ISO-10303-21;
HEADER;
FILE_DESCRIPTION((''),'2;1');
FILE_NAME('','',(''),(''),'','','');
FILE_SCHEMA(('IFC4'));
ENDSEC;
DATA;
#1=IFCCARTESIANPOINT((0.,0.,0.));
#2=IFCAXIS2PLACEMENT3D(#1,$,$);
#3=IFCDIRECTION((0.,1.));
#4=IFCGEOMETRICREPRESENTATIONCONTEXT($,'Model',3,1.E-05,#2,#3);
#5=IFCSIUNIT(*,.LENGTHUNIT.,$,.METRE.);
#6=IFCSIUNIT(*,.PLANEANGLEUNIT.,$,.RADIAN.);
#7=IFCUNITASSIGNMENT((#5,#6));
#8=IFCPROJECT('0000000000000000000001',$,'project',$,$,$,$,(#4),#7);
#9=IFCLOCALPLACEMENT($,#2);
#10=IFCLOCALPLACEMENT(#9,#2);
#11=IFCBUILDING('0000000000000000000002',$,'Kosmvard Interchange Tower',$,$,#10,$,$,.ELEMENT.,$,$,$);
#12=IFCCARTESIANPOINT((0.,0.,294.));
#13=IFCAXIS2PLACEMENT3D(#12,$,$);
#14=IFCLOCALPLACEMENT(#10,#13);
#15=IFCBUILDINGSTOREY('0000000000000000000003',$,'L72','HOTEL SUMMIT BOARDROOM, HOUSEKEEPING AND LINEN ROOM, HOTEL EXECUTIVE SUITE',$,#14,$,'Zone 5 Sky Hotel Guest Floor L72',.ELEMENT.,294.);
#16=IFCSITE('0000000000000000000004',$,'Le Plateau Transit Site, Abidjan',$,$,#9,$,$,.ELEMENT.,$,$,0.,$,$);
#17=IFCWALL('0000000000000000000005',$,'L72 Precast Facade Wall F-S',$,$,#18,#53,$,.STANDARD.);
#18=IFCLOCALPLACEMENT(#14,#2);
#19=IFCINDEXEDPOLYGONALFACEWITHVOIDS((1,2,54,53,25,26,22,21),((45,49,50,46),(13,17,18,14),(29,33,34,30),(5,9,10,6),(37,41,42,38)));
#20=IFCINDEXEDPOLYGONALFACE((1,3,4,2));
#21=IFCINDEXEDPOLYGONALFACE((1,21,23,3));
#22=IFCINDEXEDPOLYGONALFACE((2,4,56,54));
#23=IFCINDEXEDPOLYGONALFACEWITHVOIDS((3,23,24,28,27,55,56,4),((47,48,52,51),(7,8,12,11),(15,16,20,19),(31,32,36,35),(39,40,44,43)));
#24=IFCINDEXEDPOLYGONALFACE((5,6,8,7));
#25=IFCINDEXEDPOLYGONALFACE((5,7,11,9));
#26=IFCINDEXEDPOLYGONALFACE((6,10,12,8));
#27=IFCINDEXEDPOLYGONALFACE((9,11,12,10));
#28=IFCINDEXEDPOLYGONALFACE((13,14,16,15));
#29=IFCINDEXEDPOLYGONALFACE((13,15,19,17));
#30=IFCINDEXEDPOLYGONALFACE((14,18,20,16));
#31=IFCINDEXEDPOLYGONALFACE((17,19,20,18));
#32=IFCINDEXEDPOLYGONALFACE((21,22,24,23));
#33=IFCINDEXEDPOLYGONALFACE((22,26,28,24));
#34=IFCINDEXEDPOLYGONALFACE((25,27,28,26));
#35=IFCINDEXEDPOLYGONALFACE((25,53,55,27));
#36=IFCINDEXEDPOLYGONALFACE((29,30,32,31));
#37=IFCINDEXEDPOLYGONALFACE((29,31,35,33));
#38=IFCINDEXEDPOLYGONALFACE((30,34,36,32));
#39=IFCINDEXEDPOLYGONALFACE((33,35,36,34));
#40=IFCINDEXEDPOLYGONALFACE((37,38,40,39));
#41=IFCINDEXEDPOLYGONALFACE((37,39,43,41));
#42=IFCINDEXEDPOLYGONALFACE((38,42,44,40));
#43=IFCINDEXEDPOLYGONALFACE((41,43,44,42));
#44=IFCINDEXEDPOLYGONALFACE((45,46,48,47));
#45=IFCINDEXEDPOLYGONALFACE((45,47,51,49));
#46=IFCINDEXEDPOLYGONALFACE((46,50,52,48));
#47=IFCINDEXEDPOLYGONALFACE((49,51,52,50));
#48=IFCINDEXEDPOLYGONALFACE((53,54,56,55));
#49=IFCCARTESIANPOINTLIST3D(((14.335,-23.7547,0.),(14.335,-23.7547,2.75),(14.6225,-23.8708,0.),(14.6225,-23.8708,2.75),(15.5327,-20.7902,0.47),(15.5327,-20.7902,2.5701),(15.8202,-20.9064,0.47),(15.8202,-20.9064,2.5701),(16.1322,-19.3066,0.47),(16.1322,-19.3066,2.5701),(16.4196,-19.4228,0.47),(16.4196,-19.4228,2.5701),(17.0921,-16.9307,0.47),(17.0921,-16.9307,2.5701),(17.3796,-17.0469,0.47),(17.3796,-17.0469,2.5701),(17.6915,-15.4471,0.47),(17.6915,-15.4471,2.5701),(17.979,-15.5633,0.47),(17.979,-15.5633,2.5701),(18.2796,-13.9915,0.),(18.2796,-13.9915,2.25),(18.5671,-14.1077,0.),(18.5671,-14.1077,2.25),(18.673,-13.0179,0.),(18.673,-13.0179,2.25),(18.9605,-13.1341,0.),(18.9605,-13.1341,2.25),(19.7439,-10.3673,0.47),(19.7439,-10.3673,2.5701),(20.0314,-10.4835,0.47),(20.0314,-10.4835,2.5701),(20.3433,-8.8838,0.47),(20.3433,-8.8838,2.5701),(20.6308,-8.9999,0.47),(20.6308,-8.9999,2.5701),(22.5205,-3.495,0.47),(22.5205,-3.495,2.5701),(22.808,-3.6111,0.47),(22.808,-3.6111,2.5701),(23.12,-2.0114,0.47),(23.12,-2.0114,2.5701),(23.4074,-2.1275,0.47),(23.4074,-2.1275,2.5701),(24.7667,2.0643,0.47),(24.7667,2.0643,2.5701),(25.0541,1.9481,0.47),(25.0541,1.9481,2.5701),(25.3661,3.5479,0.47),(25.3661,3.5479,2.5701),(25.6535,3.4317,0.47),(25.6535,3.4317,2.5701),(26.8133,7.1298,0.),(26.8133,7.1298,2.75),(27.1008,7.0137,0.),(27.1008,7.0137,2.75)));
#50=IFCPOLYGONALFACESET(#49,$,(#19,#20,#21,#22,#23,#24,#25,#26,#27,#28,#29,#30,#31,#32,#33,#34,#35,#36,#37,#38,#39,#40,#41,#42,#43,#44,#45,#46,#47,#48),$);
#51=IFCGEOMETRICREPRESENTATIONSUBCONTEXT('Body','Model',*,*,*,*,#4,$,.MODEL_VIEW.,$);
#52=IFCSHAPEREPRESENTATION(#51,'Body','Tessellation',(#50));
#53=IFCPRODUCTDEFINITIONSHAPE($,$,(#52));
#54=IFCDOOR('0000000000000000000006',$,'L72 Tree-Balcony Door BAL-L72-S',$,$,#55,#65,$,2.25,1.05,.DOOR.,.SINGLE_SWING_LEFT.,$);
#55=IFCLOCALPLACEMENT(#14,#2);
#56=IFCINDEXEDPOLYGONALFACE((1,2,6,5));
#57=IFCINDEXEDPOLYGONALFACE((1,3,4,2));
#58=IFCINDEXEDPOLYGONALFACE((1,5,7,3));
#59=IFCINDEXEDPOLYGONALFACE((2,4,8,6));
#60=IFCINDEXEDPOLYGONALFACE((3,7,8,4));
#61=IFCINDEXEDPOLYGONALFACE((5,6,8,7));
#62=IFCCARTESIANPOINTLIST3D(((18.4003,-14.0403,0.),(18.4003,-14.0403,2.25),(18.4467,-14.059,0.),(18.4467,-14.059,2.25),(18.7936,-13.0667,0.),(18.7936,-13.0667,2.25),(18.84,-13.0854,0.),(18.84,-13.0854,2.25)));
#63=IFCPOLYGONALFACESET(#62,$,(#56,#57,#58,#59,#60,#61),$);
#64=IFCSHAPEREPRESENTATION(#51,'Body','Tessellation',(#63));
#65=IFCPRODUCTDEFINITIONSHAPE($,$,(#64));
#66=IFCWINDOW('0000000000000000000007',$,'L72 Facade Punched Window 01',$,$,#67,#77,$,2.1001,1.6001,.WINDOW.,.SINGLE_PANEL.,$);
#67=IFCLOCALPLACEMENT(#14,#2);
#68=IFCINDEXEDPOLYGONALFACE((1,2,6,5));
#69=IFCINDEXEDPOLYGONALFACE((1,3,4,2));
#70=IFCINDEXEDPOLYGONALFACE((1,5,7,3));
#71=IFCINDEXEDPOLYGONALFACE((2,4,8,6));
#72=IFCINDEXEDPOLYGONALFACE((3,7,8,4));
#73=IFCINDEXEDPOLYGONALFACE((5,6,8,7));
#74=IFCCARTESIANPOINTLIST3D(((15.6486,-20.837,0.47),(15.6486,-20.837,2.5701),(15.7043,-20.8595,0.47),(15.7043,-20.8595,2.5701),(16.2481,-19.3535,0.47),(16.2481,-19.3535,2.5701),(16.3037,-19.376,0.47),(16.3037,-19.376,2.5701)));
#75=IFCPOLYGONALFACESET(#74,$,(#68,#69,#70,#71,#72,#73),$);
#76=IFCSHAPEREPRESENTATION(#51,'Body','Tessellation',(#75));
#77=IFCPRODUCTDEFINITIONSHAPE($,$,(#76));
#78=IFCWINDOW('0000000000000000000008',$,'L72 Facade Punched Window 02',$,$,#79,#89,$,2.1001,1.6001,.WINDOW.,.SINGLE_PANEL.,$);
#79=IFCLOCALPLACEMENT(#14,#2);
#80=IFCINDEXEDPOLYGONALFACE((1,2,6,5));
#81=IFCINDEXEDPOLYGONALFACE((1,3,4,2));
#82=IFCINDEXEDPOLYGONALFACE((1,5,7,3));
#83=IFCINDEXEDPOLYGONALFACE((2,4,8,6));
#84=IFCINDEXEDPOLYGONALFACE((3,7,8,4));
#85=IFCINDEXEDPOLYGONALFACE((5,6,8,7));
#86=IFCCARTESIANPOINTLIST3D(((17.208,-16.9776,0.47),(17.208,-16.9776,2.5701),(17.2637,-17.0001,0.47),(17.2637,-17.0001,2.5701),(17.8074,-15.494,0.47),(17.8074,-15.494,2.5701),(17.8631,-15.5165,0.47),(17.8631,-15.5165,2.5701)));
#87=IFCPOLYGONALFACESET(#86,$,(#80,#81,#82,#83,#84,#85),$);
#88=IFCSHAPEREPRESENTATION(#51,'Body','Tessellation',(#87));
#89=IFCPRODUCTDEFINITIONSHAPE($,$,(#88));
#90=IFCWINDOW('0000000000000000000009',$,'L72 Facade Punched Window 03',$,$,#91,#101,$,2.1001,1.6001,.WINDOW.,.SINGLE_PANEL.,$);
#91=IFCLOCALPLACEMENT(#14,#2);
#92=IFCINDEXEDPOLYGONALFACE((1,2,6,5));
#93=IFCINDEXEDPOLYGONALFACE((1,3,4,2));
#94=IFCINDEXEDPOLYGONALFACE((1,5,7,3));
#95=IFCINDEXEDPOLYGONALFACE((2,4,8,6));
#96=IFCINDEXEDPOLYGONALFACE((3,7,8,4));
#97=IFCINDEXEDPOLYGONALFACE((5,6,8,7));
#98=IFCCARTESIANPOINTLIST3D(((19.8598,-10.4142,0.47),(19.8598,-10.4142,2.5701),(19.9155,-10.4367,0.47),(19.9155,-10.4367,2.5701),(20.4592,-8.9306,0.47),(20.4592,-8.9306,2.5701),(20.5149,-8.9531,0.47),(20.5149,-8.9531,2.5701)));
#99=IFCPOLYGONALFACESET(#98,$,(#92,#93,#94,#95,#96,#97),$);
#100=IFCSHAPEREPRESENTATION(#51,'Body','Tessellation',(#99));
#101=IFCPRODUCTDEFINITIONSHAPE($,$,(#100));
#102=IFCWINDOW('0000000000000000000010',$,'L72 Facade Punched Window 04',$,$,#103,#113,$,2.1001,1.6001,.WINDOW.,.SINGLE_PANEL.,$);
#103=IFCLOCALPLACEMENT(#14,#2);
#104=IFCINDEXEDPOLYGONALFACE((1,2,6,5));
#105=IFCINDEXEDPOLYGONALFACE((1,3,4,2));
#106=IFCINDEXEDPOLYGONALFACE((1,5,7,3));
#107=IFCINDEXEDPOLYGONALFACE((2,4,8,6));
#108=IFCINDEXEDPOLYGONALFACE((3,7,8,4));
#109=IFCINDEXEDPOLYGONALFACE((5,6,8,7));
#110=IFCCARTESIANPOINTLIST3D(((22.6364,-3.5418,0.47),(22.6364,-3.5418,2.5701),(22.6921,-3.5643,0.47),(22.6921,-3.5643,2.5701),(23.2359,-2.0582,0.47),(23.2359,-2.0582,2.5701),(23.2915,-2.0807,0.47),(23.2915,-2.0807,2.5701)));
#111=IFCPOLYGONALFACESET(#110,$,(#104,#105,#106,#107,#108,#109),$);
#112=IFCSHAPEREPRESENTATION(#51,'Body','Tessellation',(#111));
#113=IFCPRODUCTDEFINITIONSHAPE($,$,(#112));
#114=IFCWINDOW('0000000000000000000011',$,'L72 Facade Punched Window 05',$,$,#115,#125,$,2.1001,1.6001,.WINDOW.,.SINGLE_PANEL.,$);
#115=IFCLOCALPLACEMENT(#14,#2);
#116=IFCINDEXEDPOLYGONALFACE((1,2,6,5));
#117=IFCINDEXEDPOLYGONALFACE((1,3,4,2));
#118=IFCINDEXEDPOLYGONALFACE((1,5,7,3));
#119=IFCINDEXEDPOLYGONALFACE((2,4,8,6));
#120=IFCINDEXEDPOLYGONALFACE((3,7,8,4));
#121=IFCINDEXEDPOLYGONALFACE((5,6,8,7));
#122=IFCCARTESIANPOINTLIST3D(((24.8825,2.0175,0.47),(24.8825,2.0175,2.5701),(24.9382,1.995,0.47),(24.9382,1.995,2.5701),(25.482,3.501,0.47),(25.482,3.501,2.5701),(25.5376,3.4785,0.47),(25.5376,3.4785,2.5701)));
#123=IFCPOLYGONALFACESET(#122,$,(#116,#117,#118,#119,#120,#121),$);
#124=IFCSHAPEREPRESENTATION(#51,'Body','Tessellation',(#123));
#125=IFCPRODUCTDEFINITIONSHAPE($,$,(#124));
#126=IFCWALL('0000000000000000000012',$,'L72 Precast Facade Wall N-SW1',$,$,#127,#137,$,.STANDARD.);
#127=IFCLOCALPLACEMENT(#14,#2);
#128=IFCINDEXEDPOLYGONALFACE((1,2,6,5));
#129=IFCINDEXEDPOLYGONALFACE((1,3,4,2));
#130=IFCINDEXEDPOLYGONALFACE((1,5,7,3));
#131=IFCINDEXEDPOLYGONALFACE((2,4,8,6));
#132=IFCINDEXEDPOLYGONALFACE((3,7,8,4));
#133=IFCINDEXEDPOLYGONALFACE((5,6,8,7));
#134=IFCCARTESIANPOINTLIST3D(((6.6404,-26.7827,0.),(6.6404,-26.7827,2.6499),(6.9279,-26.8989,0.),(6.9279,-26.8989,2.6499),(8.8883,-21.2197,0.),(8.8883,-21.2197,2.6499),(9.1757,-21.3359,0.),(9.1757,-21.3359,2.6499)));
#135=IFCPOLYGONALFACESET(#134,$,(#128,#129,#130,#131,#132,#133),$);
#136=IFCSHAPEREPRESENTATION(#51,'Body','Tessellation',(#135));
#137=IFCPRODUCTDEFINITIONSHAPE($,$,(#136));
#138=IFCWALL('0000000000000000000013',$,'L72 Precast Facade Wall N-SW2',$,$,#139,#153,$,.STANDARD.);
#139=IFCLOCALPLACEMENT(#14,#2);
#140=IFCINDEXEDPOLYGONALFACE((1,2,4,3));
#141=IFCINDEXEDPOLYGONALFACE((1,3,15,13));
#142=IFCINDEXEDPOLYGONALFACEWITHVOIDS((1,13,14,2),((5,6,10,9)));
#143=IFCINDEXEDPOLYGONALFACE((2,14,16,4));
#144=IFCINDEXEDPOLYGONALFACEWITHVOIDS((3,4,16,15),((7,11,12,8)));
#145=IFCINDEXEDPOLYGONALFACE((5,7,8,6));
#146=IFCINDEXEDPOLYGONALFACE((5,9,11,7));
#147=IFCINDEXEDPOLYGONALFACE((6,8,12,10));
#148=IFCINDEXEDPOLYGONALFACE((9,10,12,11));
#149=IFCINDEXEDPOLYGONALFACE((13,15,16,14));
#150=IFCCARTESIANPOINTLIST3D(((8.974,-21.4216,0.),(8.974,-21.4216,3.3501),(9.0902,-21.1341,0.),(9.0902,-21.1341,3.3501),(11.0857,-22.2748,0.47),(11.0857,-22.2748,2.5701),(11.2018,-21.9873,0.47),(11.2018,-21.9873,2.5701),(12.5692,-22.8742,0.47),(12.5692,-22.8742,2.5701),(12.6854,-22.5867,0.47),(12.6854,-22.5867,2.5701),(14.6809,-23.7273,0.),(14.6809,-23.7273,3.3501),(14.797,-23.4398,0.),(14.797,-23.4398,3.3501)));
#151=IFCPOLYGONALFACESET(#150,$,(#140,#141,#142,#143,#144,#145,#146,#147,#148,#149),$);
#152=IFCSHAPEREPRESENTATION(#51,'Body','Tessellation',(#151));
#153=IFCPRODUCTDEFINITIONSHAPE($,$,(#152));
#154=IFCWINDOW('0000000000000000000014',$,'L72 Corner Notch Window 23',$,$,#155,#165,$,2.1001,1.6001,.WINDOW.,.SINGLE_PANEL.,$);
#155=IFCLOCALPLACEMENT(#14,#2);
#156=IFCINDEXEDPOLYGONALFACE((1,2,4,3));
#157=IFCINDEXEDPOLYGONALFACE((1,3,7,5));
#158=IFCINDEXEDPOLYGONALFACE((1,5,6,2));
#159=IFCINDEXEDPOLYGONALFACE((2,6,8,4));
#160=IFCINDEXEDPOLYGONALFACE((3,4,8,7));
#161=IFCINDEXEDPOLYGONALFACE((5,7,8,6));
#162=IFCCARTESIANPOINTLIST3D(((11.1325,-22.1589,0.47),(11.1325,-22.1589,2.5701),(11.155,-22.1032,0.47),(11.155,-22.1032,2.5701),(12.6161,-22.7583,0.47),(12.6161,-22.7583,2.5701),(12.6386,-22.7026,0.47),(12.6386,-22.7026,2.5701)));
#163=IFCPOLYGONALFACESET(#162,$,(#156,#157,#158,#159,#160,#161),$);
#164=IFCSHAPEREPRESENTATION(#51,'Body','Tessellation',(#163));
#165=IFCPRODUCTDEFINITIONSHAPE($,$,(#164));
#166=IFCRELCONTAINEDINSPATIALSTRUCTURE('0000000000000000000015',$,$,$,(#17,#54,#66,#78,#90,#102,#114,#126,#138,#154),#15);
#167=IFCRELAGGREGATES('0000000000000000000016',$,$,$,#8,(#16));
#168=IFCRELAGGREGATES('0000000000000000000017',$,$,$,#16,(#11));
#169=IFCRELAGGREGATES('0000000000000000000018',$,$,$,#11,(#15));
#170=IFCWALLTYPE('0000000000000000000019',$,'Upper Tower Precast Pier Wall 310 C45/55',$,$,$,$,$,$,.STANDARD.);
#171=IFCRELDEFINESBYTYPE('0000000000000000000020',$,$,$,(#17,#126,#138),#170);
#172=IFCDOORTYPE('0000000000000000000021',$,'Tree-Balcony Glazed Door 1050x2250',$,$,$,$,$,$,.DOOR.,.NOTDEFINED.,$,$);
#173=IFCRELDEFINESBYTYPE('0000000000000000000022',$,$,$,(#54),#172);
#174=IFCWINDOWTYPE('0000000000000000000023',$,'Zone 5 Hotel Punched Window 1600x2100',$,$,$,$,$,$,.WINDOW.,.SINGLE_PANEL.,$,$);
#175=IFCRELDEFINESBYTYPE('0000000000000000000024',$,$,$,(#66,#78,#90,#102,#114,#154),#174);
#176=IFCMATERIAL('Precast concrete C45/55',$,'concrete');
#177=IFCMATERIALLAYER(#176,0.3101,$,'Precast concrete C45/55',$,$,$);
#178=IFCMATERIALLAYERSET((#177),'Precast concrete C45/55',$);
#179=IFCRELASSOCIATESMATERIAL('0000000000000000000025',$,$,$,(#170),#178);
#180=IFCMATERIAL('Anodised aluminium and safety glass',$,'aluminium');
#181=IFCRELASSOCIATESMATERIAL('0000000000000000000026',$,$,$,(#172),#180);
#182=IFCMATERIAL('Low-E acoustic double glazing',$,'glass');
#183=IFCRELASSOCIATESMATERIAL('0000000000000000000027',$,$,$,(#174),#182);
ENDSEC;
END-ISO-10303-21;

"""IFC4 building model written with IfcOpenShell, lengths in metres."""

from ifc_helpers import new_model, si_unit, direction, frame, frame_2d, origin, place, context, subcontext, project, spatial, rectangle, extrude, source, transform, mapped, material, layer, layer_set, type_object, element, fill, save


model = new_model("IFC4")

# Units and contexts
model_context = context("Model", 3, precision=1e-05, world=origin(), true_north=direction((0.0, 1.0)))
body_context = subcontext(model_context, "Body", "Model", "MODEL_VIEW")
ifc_project = project(units=[si_unit("LENGTHUNIT", "METRE"), si_unit("PLANEANGLEUNIT", "RADIAN")], contexts=[model_context])

# Site, building, storey
site_placement = place(None, origin())
site = spatial("IfcSite", under=ifc_project, at=site_placement, Name="Le Plateau Transit Site, Abidjan", CompositionType="ELEMENT", RefElevation=0.0)
building_placement = place(site_placement, origin())
building = spatial("IfcBuilding", under=site, at=building_placement, Name="Kosmvard Interchange Tower", CompositionType="ELEMENT")
storey_placement = place(building_placement, frame((0.0, 0.0, 294.0)))
storey = spatial("IfcBuildingStorey", under=building, at=storey_placement, Name="L72", Description="HOTEL SUMMIT BOARDROOM, HOUSEKEEPING AND LINEN ROOM, HOTEL EXECUTIVE SUITE", LongName="Zone 5 Sky Hotel Guest Floor L72", CompositionType="ELEMENT", Elevation=294.0)

# Shared definitions
ifc_material_1 = material(Name="Precast concrete C45/55", Category="concrete")

# Wall, openings, door, windows
ifc_layer_1 = layer(ifc_material_1, 0.3101, Name="Precast concrete C45/55")
ifc_layer_set_1 = layer_set([ifc_layer_1], Name="Precast concrete C45/55")
wall_type_1 = type_object("IfcWallType", Name="Upper Tower Precast Pier Wall 310 C45/55", PredefinedType="STANDARD", material=ifc_layer_set_1)
wall_1_placement = place(storey_placement, frame((14.4788, -23.8127, 0.0), z_axis=(0.0, 0.0, 1.0), x_axis=(0.37461, 0.927183, 0.0)))
wall_1 = element("IfcWall", 1, at=wall_1_placement, inside=storey, type_object=wall_type_1, Name="L72 Precast Facade Wall F-S", PredefinedType="STANDARD", context=body_context, shape_type="SweptSolid", body=[
    extrude(rectangle(XDim=33.3101, YDim=0.3101, at=frame_2d((16.655, 0.0))), origin(), (0.0, 0.0, 1.0), 2.75),
])
opening_1_placement = place(wall_1_placement, frame((10.53, 0.0, 0.0)))
opening_1 = element("IfcOpeningElement", 2, at=opening_1_placement, cuts=wall_1, PredefinedType="OPENING", context=body_context, shape_type="SweptSolid", body=[
    extrude(rectangle(XDim=1.05, YDim=2.25, at=frame_2d((0.5249, 1.125))), frame((0.0, 0.165, 0.0), z_axis=(0.0, -1.0, 0.0), x_axis=(1.0, 0.0, 0.0)), (0.0, 0.0, 1.0), 0.3301),
])
opening_2_placement = place(wall_1_placement, frame((3.1973, 0.0, 0.47)))
opening_2 = element("IfcOpeningElement", 3, at=opening_2_placement, cuts=wall_1, PredefinedType="OPENING", context=body_context, shape_type="SweptSolid", body=[
    extrude(rectangle(XDim=1.6001, YDim=2.1001, at=frame_2d((0.8, 1.05))), frame((0.0, 0.165, 0.0), z_axis=(0.0, -1.0, 0.0), x_axis=(1.0, 0.0, 0.0)), (0.0, 0.0, 1.0), 0.3301),
])
opening_3_placement = place(wall_1_placement, frame((7.3599, 0.0, 0.47)))
opening_3 = element("IfcOpeningElement", 4, at=opening_3_placement, cuts=wall_1, PredefinedType="OPENING", context=body_context, shape_type="SweptSolid", body=[
    extrude(rectangle(XDim=1.6001, YDim=2.1001, at=frame_2d((0.8, 1.05))), frame((0.0, 0.165, 0.0), z_axis=(0.0, -1.0, 0.0), x_axis=(1.0, 0.0, 0.0)), (0.0, 0.0, 1.0), 0.3301),
])
opening_4_placement = place(wall_1_placement, frame((14.4387, 0.0, 0.47)))
opening_4 = element("IfcOpeningElement", 5, at=opening_4_placement, cuts=wall_1, PredefinedType="OPENING", context=body_context, shape_type="SweptSolid", body=[
    extrude(rectangle(XDim=1.6001, YDim=2.1001, at=frame_2d((0.8, 1.05))), frame((0.0, 0.165, 0.0), z_axis=(0.0, -1.0, 0.0), x_axis=(1.0, 0.0, 0.0)), (0.0, 0.0, 1.0), 0.3301),
])
opening_5_placement = place(wall_1_placement, frame((21.8508, 0.0, 0.47)))
opening_5 = element("IfcOpeningElement", 6, at=opening_5_placement, cuts=wall_1, PredefinedType="OPENING", context=body_context, shape_type="SweptSolid", body=[
    extrude(rectangle(XDim=1.6001, YDim=2.1001, at=frame_2d((0.8, 1.05))), frame((0.0, 0.165, 0.0), z_axis=(0.0, -1.0, 0.0), x_axis=(1.0, 0.0, 0.0)), (0.0, 0.0, 1.0), 0.3301),
])
opening_6_placement = place(wall_1_placement, frame((27.8467, 0.0, 0.47)))
opening_6 = element("IfcOpeningElement", 7, at=opening_6_placement, cuts=wall_1, PredefinedType="OPENING", context=body_context, shape_type="SweptSolid", body=[
    extrude(rectangle(XDim=1.6001, YDim=2.1001, at=frame_2d((0.8, 1.05))), frame((0.0, 0.165, 0.0), z_axis=(0.0, -1.0, 0.0), x_axis=(1.0, 0.0, 0.0)), (0.0, 0.0, 1.0), 0.3301),
])
ifc_material_2 = material(Name="Anodised aluminium and safety glass", Category="aluminium")
door_type = type_object("IfcDoorType", Name="Tree-Balcony Glazed Door 1050x2250", OperationType="NOTDEFINED", PredefinedType="DOOR", material=ifc_material_2)
shared_shape_1 = source(origin(), body_context, "Body", "SweptSolid", [
    extrude(rectangle(XDim=1.05, YDim=2.25, at=frame_2d((0.5249, 1.125))), frame((0.0, 0.0249, 0.0), z_axis=(0.0, -1.0, 0.0), x_axis=(1.0, 0.0, 0.0)), (0.0, 0.0, 1.0), 0.05),
])
door_placement = place(opening_1_placement, origin())
door = element("IfcDoor", 8, at=door_placement, inside=storey, type_object=door_type, Name="L72 Tree-Balcony Door BAL-L72-S", OperationType="SINGLE_SWING_LEFT", OverallHeight=2.25, OverallWidth=1.05, PredefinedType="DOOR", context=body_context, shape_type="MappedRepresentation", body=[
    mapped(shared_shape_1, transform((0.0, 0.0, 0.0), scale=1.0)),
])
fill(opening_1, door)
ifc_material_3 = material(Name="Low-E acoustic double glazing", Category="glass")
window_type = type_object("IfcWindowType", Name="Zone 5 Hotel Punched Window 1600x2100", PartitioningType="SINGLE_PANEL", PredefinedType="WINDOW", material=ifc_material_3)
shared_shape_2 = source(origin(), body_context, "Body", "SweptSolid", [
    extrude(rectangle(XDim=1.6001, YDim=2.1001, at=frame_2d((0.8, 1.05))), frame((0.0, 0.03, 0.0), z_axis=(0.0, -1.0, 0.0), x_axis=(1.0, 0.0, 0.0)), (0.0, 0.0, 1.0), 0.0601),
])
window_1_placement = place(opening_2_placement, origin())
window_1 = element("IfcWindow", 9, at=window_1_placement, inside=storey, type_object=window_type, Name="L72 Facade Punched Window 01", OverallHeight=2.1001, OverallWidth=1.6001, PartitioningType="SINGLE_PANEL", PredefinedType="WINDOW", context=body_context, shape_type="MappedRepresentation", body=[
    mapped(shared_shape_2, transform((0.0, 0.0, 0.0), scale=1.0)),
])
fill(opening_2, window_1)
window_2_placement = place(opening_3_placement, origin())
window_2 = element("IfcWindow", 10, at=window_2_placement, inside=storey, type_object=window_type, Name="L72 Facade Punched Window 02", OverallHeight=2.1001, OverallWidth=1.6001, PartitioningType="SINGLE_PANEL", PredefinedType="WINDOW", context=body_context, shape_type="MappedRepresentation", body=[
    mapped(shared_shape_2, transform((0.0, 0.0, 0.0), scale=1.0)),
])
fill(opening_3, window_2)
window_3_placement = place(opening_4_placement, origin())
window_3 = element("IfcWindow", 11, at=window_3_placement, inside=storey, type_object=window_type, Name="L72 Facade Punched Window 03", OverallHeight=2.1001, OverallWidth=1.6001, PartitioningType="SINGLE_PANEL", PredefinedType="WINDOW", context=body_context, shape_type="MappedRepresentation", body=[
    mapped(shared_shape_2, transform((0.0, 0.0, 0.0), scale=1.0)),
])
fill(opening_4, window_3)
window_4_placement = place(opening_5_placement, origin())
window_4 = element("IfcWindow", 12, at=window_4_placement, inside=storey, type_object=window_type, Name="L72 Facade Punched Window 04", OverallHeight=2.1001, OverallWidth=1.6001, PartitioningType="SINGLE_PANEL", PredefinedType="WINDOW", context=body_context, shape_type="MappedRepresentation", body=[
    mapped(shared_shape_2, transform((0.0, 0.0, 0.0), scale=1.0)),
])
fill(opening_5, window_4)
window_5_placement = place(opening_6_placement, origin())
window_5 = element("IfcWindow", 13, at=window_5_placement, inside=storey, type_object=window_type, Name="L72 Facade Punched Window 05", OverallHeight=2.1001, OverallWidth=1.6001, PartitioningType="SINGLE_PANEL", PredefinedType="WINDOW", context=body_context, shape_type="MappedRepresentation", body=[
    mapped(shared_shape_2, transform((0.0, 0.0, 0.0), scale=1.0)),
])
fill(opening_6, window_5)

# Wall
wall_2_placement = place(storey_placement, frame((6.7842, -26.8408, 0.0), z_axis=(0.0, 0.0, 1.0), x_axis=(0.374637, 0.927172, 0.0)))
element("IfcWall", 14, at=wall_2_placement, inside=storey, type_object=wall_type_1, Name="L72 Precast Facade Wall N-SW1", PredefinedType="STANDARD", context=body_context, shape_type="SweptSolid", body=[
    extrude(rectangle(XDim=6.0, YDim=0.3101, at=frame_2d((3.0, 0.0))), origin(), (0.0, 0.0, 1.0), 2.6499),
])

# Wall, opening, window
wall_3_placement = place(storey_placement, frame((9.032, -21.2778, 0.0), z_axis=(0.0, 0.0, 1.0), x_axis=(0.927185, -0.374603, 0.0)))
wall_3 = element("IfcWall", 15, at=wall_3_placement, inside=storey, type_object=wall_type_1, Name="L72 Precast Facade Wall N-SW2", PredefinedType="STANDARD", context=body_context, shape_type="SweptSolid", body=[
    extrude(rectangle(XDim=6.155, YDim=0.3101, at=frame_2d((3.0776, 0.0))), origin(), (0.0, 0.0, 1.0), 3.3501),
])
opening_7_placement = place(wall_3_placement, frame((2.2776, 0.0, 0.47)))
opening_7 = element("IfcOpeningElement", 16, at=opening_7_placement, cuts=wall_3, PredefinedType="OPENING", context=body_context, shape_type="SweptSolid", body=[
    extrude(rectangle(XDim=1.6001, YDim=2.1001, at=frame_2d((0.8, 1.05))), frame((0.0, 0.165, 0.0), z_axis=(0.0, -1.0, 0.0), x_axis=(1.0, 0.0, 0.0)), (0.0, 0.0, 1.0), 0.3301),
])
window_6_placement = place(opening_7_placement, origin())
window_6 = element("IfcWindow", 17, at=window_6_placement, inside=storey, type_object=window_type, Name="L72 Corner Notch Window 23", OverallHeight=2.1001, OverallWidth=1.6001, PartitioningType="SINGLE_PANEL", PredefinedType="WINDOW", context=body_context, shape_type="MappedRepresentation", body=[
    mapped(shared_shape_2, transform((0.0, 0.0, 0.0), scale=1.0)),
])
fill(opening_7, window_6)

save(model, "model.ifc")
